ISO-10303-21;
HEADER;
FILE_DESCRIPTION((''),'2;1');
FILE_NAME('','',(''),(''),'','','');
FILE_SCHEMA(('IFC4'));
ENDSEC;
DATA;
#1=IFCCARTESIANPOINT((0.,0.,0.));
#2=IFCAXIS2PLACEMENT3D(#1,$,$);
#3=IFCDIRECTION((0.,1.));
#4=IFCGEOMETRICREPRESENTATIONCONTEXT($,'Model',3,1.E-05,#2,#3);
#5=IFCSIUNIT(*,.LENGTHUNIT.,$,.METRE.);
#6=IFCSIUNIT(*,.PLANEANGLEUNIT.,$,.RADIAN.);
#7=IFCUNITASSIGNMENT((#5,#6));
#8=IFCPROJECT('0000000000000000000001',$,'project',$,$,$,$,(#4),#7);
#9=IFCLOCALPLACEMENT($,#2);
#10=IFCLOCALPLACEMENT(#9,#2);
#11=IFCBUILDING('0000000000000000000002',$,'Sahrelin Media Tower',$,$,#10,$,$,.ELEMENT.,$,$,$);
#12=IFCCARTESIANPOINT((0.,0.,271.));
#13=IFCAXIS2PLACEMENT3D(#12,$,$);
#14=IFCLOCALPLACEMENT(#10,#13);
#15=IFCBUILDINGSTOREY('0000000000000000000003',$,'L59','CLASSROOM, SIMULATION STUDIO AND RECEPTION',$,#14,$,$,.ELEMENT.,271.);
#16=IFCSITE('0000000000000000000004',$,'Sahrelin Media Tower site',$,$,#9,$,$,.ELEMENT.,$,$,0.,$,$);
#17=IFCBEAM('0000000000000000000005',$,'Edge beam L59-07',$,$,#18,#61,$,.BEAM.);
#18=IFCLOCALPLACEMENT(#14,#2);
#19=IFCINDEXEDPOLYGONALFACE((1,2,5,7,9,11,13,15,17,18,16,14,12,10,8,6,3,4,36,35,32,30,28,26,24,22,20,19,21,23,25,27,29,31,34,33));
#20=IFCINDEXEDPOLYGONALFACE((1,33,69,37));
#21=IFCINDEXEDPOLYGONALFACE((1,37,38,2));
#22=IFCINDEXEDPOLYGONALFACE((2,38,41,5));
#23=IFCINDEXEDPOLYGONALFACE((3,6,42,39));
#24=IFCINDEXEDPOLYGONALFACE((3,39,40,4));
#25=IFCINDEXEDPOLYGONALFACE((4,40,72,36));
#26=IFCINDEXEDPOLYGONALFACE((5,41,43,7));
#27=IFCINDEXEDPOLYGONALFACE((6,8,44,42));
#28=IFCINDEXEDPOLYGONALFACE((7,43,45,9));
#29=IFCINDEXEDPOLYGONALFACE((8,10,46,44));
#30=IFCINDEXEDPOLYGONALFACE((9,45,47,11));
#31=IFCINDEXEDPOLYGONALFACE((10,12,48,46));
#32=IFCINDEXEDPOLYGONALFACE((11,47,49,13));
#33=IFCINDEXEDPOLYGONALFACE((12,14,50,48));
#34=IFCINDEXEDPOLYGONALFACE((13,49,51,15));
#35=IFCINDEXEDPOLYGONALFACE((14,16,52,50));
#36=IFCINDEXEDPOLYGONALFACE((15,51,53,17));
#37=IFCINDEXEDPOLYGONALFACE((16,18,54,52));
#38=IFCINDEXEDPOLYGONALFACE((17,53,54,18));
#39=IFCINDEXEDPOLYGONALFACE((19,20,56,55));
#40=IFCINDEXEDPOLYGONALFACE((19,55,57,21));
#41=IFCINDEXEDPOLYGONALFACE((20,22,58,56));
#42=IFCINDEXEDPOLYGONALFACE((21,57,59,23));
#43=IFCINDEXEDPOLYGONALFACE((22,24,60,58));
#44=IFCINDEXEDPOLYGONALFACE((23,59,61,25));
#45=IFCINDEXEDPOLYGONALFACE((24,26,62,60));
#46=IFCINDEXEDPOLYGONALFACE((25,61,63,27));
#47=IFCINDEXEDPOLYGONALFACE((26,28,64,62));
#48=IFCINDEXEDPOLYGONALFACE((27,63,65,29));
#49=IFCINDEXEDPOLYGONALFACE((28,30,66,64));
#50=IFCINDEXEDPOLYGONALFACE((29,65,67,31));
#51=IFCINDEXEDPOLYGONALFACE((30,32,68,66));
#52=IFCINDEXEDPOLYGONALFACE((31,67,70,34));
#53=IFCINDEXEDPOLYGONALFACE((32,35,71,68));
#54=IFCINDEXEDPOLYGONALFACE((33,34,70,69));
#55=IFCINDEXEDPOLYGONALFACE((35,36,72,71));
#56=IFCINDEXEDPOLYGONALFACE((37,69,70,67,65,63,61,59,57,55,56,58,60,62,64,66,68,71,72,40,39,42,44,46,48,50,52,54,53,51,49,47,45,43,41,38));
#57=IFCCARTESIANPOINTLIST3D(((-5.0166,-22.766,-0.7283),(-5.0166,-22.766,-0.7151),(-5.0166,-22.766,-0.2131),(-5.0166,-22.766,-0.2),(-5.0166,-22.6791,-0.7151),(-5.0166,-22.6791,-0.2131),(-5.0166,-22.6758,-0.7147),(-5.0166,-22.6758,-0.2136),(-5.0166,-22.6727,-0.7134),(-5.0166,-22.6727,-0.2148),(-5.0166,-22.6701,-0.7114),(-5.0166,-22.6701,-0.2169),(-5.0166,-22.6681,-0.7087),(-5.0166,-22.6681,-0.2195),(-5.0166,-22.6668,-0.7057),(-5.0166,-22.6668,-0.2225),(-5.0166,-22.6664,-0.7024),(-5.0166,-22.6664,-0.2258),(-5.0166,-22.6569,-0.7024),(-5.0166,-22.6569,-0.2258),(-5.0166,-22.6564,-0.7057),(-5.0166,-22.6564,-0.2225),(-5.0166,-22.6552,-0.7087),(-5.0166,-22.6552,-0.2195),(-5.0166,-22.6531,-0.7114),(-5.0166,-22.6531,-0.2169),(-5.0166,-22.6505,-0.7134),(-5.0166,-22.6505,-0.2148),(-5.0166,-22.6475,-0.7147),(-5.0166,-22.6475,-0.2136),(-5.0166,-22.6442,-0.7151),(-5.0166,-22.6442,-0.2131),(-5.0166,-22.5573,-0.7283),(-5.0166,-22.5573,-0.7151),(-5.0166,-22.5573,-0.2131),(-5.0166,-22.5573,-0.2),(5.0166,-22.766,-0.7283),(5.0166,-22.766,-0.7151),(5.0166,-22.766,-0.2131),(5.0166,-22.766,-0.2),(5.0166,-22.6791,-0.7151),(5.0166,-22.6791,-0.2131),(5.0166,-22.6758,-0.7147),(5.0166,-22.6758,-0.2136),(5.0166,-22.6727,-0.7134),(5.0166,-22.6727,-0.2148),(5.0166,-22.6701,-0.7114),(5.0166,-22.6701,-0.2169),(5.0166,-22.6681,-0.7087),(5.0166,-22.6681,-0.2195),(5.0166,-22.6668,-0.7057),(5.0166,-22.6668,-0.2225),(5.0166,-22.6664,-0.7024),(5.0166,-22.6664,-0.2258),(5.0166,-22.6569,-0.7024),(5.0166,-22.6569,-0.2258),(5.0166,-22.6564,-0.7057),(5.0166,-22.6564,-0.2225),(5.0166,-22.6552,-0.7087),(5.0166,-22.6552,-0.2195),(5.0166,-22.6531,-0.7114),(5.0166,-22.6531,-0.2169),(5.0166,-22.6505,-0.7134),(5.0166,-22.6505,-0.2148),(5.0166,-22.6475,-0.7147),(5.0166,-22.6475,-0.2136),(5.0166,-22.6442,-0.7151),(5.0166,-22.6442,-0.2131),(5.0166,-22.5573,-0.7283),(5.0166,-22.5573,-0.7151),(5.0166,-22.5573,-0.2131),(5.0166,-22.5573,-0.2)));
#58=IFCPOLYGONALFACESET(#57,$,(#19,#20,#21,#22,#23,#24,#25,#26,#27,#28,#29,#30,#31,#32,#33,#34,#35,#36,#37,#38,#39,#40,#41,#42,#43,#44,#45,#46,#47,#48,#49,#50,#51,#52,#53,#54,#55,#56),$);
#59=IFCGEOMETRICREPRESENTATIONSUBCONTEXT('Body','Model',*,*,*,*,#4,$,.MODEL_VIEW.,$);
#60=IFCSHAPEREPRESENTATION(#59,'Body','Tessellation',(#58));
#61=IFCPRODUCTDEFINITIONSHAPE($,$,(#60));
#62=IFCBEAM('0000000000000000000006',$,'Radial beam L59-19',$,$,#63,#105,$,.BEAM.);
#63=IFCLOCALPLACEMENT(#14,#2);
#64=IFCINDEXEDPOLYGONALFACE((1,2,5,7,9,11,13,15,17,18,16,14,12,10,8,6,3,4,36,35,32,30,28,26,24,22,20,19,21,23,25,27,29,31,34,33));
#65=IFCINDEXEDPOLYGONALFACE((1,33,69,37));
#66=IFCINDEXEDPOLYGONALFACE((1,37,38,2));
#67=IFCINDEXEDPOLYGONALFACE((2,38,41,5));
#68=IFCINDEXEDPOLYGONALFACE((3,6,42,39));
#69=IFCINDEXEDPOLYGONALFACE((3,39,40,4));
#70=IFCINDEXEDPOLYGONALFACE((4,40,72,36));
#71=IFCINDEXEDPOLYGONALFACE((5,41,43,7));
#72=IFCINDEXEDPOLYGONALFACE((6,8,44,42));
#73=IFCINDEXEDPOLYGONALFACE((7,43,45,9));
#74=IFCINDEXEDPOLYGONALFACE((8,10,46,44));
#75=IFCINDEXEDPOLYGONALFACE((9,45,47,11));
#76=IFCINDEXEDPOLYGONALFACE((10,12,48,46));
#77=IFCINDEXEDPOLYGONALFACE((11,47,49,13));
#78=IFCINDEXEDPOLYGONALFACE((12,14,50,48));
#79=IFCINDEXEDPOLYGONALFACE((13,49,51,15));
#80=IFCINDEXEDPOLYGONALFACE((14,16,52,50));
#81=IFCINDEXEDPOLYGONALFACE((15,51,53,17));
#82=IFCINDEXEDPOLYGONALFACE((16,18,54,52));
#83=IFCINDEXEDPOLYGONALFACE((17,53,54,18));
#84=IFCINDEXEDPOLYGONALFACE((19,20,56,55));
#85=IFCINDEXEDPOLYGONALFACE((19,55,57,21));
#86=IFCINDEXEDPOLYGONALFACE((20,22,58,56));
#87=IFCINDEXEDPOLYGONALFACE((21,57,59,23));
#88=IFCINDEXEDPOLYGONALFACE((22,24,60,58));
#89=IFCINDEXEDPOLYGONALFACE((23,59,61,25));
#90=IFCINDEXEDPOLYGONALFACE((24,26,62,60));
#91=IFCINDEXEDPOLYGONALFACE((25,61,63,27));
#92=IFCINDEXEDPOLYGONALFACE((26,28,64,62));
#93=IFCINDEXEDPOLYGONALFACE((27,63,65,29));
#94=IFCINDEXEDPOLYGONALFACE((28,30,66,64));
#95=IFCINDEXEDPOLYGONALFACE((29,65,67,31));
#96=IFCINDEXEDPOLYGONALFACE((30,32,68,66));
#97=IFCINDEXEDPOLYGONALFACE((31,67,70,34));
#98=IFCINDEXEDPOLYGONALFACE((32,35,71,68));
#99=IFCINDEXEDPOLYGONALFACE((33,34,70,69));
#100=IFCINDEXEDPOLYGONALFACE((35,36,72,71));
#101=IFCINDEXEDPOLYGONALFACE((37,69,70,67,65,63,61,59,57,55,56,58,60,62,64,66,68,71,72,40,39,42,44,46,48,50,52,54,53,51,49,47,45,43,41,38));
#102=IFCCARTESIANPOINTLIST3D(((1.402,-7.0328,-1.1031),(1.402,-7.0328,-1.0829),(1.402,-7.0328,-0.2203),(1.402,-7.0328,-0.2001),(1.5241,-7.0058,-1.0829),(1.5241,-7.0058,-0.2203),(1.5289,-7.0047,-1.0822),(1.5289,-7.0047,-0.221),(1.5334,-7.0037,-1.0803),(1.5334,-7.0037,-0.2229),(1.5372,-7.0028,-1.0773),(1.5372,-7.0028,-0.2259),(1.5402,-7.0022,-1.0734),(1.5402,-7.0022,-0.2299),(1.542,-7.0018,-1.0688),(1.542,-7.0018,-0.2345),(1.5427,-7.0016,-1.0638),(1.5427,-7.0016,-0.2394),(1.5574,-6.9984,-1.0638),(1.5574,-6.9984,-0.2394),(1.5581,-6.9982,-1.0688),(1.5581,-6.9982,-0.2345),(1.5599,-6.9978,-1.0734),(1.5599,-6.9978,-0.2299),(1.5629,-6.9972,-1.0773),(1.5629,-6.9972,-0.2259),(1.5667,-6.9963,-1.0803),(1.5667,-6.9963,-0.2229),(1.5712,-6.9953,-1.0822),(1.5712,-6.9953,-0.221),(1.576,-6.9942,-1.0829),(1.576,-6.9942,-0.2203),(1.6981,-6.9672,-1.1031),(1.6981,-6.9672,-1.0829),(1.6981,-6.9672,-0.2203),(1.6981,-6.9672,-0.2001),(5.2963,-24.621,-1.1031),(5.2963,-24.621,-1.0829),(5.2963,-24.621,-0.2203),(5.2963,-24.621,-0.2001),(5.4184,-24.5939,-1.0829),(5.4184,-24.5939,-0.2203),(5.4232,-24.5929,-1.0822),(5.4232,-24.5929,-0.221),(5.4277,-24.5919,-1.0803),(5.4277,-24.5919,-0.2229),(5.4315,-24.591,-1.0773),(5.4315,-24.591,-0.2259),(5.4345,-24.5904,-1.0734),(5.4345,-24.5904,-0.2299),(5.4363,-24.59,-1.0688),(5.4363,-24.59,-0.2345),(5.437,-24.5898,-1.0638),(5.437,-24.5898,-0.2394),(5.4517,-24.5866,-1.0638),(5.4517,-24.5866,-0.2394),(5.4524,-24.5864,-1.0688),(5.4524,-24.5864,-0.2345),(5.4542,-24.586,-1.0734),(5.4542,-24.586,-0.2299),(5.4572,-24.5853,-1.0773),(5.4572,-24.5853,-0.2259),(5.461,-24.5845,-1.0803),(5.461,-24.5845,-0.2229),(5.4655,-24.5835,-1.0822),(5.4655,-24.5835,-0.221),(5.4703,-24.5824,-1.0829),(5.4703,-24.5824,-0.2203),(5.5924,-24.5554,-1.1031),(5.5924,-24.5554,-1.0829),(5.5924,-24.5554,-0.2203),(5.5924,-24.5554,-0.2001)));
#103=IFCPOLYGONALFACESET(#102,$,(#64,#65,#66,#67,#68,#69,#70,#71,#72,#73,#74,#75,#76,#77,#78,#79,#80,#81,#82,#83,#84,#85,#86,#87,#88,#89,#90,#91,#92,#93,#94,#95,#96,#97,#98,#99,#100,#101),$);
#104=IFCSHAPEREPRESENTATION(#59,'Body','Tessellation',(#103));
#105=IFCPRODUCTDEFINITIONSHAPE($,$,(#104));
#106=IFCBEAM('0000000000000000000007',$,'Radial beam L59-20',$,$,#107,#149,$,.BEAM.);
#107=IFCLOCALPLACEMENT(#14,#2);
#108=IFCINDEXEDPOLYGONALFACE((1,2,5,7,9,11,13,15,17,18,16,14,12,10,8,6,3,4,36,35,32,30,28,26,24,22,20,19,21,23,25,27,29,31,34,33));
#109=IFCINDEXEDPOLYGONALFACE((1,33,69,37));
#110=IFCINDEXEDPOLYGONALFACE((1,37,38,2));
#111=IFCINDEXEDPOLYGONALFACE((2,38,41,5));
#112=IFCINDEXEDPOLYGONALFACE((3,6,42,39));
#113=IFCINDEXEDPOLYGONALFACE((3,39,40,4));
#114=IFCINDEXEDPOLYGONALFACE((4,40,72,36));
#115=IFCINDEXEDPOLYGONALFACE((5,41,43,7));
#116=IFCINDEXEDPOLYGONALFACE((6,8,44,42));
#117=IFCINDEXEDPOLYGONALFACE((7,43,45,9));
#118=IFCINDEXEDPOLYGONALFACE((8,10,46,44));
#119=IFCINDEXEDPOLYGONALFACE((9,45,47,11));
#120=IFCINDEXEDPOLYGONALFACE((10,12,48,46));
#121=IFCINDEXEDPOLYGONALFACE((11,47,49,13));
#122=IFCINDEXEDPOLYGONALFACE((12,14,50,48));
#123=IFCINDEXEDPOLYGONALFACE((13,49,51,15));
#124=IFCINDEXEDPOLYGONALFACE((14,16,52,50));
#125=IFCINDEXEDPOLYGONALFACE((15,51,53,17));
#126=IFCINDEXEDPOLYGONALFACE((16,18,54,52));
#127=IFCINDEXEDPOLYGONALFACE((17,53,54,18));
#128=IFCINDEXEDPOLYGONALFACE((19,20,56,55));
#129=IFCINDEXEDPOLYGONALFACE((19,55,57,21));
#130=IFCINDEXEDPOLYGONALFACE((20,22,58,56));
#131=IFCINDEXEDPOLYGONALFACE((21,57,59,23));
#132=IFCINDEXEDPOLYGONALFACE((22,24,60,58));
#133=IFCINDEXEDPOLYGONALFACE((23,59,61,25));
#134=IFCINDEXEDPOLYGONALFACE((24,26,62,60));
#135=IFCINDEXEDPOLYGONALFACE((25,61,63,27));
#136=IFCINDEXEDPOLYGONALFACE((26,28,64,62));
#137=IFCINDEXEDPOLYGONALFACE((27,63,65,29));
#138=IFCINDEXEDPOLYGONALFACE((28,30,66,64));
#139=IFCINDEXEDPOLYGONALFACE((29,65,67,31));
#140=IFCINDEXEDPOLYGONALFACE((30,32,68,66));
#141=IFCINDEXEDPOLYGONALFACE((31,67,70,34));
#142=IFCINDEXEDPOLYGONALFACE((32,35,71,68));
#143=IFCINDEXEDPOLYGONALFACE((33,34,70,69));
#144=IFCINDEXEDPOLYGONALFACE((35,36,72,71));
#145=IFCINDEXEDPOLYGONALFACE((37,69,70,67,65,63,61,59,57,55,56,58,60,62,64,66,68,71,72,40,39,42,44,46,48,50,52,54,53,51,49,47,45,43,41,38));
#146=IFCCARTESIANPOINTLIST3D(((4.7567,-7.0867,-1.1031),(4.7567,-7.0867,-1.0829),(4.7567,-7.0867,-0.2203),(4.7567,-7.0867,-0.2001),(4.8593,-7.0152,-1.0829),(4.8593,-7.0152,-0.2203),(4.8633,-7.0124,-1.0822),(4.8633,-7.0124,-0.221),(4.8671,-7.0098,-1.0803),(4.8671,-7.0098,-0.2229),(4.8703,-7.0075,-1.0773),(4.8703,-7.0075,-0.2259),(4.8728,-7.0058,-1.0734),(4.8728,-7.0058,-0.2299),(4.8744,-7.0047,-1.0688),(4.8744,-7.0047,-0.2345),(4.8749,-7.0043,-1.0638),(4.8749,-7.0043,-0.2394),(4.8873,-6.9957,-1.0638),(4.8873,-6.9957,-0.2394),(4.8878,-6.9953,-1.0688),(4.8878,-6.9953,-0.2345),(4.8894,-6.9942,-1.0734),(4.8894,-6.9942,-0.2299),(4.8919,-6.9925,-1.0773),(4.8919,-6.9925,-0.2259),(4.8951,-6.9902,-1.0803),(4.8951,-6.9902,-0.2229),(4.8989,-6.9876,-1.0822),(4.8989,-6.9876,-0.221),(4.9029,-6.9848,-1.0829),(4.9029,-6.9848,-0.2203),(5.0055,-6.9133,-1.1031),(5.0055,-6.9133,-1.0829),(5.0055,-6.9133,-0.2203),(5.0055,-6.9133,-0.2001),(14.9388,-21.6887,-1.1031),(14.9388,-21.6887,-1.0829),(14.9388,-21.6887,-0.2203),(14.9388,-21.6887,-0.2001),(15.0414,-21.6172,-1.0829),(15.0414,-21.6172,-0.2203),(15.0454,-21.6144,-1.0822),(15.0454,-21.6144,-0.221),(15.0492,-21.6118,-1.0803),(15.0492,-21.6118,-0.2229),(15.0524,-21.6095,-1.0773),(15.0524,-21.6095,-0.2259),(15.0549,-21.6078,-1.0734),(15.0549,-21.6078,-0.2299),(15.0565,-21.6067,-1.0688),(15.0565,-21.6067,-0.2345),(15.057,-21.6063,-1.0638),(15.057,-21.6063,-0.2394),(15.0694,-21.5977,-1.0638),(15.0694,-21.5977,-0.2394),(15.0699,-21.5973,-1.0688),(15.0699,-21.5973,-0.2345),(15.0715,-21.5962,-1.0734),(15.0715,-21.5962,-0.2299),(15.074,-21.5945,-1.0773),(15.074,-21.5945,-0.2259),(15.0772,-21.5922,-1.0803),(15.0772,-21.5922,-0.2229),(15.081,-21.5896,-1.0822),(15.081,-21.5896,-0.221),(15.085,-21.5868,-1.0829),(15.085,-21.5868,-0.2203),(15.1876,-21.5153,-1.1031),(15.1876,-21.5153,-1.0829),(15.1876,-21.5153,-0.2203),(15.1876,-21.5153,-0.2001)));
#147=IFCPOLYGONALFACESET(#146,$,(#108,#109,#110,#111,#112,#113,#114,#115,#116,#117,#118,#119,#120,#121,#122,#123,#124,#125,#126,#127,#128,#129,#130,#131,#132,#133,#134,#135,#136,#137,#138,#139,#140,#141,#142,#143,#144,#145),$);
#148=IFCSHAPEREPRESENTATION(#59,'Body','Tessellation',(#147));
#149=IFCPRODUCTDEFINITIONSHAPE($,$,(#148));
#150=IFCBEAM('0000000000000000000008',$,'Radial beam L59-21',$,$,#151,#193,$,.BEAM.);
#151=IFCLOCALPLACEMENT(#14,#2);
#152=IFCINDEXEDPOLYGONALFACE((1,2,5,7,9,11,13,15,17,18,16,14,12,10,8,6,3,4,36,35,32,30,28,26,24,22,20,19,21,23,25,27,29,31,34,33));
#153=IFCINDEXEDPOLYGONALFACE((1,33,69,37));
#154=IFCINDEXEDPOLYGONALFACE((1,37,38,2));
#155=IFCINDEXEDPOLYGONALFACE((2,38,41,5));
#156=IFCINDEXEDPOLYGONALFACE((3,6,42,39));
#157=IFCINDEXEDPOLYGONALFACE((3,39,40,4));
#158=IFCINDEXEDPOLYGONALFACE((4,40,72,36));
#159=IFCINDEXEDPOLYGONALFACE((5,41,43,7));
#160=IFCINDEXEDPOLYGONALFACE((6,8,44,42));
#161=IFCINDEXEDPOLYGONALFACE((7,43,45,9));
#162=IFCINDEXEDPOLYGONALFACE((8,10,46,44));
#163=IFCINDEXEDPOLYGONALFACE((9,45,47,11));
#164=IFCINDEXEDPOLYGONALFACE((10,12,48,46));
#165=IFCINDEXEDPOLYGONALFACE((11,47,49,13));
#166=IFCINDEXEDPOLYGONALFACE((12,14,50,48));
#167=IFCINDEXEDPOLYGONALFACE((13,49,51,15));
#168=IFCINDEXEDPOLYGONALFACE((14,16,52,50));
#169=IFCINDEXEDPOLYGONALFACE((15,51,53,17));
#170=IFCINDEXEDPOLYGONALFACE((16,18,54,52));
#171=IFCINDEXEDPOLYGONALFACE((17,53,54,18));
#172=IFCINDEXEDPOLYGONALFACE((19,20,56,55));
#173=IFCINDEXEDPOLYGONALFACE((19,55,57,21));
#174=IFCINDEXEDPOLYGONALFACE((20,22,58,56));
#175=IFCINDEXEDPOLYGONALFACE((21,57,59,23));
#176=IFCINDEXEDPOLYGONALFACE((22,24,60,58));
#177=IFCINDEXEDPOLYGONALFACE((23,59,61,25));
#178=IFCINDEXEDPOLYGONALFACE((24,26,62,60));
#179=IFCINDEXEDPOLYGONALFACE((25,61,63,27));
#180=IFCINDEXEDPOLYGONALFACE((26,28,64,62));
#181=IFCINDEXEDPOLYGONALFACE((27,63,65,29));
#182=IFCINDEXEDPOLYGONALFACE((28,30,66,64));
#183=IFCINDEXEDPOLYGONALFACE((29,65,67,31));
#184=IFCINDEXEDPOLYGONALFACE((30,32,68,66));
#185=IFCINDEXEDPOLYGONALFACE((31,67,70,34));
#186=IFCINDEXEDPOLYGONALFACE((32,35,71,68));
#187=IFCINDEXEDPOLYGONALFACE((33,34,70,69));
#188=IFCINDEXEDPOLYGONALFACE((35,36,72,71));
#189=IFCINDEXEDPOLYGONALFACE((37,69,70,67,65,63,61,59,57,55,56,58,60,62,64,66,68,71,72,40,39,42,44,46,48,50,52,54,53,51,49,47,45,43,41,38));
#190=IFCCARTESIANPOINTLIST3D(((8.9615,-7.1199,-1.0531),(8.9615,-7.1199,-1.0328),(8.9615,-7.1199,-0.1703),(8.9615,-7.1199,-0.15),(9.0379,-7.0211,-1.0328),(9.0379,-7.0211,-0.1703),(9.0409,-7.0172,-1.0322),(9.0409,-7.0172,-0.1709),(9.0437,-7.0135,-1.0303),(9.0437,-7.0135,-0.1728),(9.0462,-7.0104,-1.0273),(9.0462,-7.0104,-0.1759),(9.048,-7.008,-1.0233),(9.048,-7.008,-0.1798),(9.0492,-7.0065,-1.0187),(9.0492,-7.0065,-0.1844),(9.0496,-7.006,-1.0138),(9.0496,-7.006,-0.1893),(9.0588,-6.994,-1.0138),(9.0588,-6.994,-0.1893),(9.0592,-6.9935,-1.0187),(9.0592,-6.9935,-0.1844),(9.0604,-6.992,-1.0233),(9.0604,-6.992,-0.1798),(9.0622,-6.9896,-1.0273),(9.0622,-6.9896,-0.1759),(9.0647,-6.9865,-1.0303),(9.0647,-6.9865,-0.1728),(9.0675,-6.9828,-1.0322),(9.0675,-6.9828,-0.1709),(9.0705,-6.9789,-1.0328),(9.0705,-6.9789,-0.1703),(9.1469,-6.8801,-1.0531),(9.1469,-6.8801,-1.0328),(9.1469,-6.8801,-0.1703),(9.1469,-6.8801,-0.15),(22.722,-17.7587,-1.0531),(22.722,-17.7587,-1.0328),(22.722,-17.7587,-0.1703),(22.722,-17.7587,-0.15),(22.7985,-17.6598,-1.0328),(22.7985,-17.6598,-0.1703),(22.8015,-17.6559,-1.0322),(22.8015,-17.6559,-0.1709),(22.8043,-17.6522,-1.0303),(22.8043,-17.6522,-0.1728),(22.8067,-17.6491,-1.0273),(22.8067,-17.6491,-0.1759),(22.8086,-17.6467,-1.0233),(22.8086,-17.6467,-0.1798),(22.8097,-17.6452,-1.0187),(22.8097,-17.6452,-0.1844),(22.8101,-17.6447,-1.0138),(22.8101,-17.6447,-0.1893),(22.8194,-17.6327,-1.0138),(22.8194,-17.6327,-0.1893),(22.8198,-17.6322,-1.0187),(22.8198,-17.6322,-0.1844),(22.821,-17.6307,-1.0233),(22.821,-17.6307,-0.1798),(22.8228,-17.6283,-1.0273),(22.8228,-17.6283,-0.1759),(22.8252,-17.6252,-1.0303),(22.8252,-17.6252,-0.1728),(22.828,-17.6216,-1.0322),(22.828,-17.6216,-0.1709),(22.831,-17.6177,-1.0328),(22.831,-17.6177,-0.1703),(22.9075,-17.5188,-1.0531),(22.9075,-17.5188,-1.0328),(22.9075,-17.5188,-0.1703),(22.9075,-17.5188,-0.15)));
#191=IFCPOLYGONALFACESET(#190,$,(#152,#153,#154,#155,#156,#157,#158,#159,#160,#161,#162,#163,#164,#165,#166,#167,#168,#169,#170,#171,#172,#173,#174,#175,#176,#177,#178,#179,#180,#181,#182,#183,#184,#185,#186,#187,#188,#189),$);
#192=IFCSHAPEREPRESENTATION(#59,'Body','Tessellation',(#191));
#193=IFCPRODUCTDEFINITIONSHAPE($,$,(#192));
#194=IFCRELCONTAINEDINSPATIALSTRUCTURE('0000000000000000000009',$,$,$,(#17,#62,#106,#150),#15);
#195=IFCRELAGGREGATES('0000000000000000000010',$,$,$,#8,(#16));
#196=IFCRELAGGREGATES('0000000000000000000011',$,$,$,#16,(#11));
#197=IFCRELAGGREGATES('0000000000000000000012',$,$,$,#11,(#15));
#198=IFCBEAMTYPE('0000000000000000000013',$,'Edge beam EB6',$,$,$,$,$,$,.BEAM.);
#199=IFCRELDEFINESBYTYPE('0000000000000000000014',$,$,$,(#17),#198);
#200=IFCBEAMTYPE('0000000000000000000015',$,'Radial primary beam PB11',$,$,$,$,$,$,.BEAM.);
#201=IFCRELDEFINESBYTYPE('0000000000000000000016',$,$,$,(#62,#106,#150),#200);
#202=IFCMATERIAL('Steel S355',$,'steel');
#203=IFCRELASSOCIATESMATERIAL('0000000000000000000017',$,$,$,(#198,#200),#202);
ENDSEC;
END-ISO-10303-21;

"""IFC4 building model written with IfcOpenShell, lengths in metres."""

from ifc_helpers import new_model, si_unit, direction, frame, origin, origin_2d, place, context, subcontext, project, spatial, i_section, extrude, material, material_profile, profile_set, type_object, element, save


model = new_model("IFC4")

# Units and contexts
model_context = context("Model", 3, precision=1e-05, world=origin(), true_north=direction((0.0, 1.0)))
body_context = subcontext(model_context, "Body", "Model", "MODEL_VIEW")
ifc_project = project(units=[si_unit("LENGTHUNIT", "METRE"), si_unit("PLANEANGLEUNIT", "RADIAN")], contexts=[model_context])

# Site, building, storey
site_placement = place(None, origin())
site = spatial("IfcSite", under=ifc_project, at=site_placement, Name="Sahrelin Media Tower site", CompositionType="ELEMENT", RefElevation=0.0)
building_placement = place(site_placement, origin())
building = spatial("IfcBuilding", under=site, at=building_placement, Name="Sahrelin Media Tower", CompositionType="ELEMENT")
storey_placement = place(building_placement, frame((0.0, 0.0, 271.0)))
storey = spatial("IfcBuildingStorey", under=building, at=storey_placement, Name="L59", Description="CLASSROOM, SIMULATION STUDIO AND RECEPTION", CompositionType="ELEMENT", Elevation=271.0)

# Beams
ifc_material_1 = material(Name="Steel S355", Category="steel")
ifc_material_profile_1 = material_profile(ifc_material_1, i_section(OverallWidth=0.2087, OverallDepth=0.5283, WebThickness=0.0095, FlangeThickness=0.0132, FilletRadius=0.0127, at=origin_2d()), Name="UB 533x210x82")
ifc_profile_set_1 = profile_set([ifc_material_profile_1], Name="Steel S355")
beam_type_1 = type_object("IfcBeamType", Name="Edge beam EB6", PredefinedType="BEAM", material=ifc_profile_set_1)
beam_1_placement = place(storey_placement, frame((5.0166, -22.6616, -0.4641), z_axis=(-1.0, 0.0, 0.0), x_axis=(0.0, -1.0, 0.0)))
element("IfcBeam", 1, at=beam_1_placement, inside=storey, type_object=beam_type_1, Name="Edge beam L59-07", PredefinedType="BEAM", context=body_context, shape_type="SweptSolid", body=[
    extrude(i_section(OverallWidth=0.2087, OverallDepth=0.5283, WebThickness=0.0095, FlangeThickness=0.0132, FilletRadius=0.0127, at=origin_2d()), origin(), (0.0, 0.0, 1.0), 10.0332),
])
ifc_material_profile_2 = material_profile(ifc_material_1, i_section(OverallWidth=0.3032, OverallDepth=0.9031, WebThickness=0.0151, FlangeThickness=0.0203, FilletRadius=0.019, at=origin_2d()), Name="UB 914x305x201")
ifc_profile_set_2 = profile_set([ifc_material_profile_2], Name="Steel S355")
beam_type_2 = type_object("IfcBeamType", Name="Radial primary beam PB11", PredefinedType="BEAM", material=ifc_profile_set_2)
beam_2_placement = place(storey_placement, frame((1.55, -7.0, -0.6516), z_axis=(0.21618, -0.976354, 0.0), x_axis=(0.976354, 0.21618, 0.0)))
element("IfcBeam", 2, at=beam_2_placement, inside=storey, type_object=beam_type_2, Name="Radial beam L59-19", PredefinedType="BEAM", context=body_context, shape_type="SweptSolid", body=[
    extrude(i_section(OverallWidth=0.3032, OverallDepth=0.9031, WebThickness=0.0151, FlangeThickness=0.0203, FilletRadius=0.019, at=origin_2d()), origin(), (0.0, 0.0, 1.0), 18.0142),
])
beam_3_placement = place(storey_placement, frame((4.8811, -7.0, -0.6516), z_axis=(0.571979, -0.820268, 0.0), x_axis=(0.820268, 0.571979, 0.0)))
element("IfcBeam", 3, at=beam_3_placement, inside=storey, type_object=beam_type_2, Name="Radial beam L59-20", PredefinedType="BEAM", context=body_context, shape_type="SweptSolid", body=[
    extrude(i_section(OverallWidth=0.3032, OverallDepth=0.9031, WebThickness=0.0151, FlangeThickness=0.0203, FilletRadius=0.019, at=origin_2d()), origin(), (0.0, 0.0, 1.0), 17.8015),
])
beam_4_placement = place(storey_placement, frame((9.0542, -7.0, -0.6016), z_axis=(0.79113, -0.611648, 0.0), x_axis=(0.611648, 0.79113, 0.0)))
element("IfcBeam", 4, at=beam_4_placement, inside=storey, type_object=beam_type_2, Name="Radial beam L59-21", PredefinedType="BEAM", context=body_context, shape_type="SweptSolid", body=[
    extrude(i_section(OverallWidth=0.3032, OverallDepth=0.9031, WebThickness=0.0151, FlangeThickness=0.0203, FilletRadius=0.019, at=origin_2d()), origin(), (0.0, 0.0, 1.0), 17.3936),
])

save(model, "model.ifc")
